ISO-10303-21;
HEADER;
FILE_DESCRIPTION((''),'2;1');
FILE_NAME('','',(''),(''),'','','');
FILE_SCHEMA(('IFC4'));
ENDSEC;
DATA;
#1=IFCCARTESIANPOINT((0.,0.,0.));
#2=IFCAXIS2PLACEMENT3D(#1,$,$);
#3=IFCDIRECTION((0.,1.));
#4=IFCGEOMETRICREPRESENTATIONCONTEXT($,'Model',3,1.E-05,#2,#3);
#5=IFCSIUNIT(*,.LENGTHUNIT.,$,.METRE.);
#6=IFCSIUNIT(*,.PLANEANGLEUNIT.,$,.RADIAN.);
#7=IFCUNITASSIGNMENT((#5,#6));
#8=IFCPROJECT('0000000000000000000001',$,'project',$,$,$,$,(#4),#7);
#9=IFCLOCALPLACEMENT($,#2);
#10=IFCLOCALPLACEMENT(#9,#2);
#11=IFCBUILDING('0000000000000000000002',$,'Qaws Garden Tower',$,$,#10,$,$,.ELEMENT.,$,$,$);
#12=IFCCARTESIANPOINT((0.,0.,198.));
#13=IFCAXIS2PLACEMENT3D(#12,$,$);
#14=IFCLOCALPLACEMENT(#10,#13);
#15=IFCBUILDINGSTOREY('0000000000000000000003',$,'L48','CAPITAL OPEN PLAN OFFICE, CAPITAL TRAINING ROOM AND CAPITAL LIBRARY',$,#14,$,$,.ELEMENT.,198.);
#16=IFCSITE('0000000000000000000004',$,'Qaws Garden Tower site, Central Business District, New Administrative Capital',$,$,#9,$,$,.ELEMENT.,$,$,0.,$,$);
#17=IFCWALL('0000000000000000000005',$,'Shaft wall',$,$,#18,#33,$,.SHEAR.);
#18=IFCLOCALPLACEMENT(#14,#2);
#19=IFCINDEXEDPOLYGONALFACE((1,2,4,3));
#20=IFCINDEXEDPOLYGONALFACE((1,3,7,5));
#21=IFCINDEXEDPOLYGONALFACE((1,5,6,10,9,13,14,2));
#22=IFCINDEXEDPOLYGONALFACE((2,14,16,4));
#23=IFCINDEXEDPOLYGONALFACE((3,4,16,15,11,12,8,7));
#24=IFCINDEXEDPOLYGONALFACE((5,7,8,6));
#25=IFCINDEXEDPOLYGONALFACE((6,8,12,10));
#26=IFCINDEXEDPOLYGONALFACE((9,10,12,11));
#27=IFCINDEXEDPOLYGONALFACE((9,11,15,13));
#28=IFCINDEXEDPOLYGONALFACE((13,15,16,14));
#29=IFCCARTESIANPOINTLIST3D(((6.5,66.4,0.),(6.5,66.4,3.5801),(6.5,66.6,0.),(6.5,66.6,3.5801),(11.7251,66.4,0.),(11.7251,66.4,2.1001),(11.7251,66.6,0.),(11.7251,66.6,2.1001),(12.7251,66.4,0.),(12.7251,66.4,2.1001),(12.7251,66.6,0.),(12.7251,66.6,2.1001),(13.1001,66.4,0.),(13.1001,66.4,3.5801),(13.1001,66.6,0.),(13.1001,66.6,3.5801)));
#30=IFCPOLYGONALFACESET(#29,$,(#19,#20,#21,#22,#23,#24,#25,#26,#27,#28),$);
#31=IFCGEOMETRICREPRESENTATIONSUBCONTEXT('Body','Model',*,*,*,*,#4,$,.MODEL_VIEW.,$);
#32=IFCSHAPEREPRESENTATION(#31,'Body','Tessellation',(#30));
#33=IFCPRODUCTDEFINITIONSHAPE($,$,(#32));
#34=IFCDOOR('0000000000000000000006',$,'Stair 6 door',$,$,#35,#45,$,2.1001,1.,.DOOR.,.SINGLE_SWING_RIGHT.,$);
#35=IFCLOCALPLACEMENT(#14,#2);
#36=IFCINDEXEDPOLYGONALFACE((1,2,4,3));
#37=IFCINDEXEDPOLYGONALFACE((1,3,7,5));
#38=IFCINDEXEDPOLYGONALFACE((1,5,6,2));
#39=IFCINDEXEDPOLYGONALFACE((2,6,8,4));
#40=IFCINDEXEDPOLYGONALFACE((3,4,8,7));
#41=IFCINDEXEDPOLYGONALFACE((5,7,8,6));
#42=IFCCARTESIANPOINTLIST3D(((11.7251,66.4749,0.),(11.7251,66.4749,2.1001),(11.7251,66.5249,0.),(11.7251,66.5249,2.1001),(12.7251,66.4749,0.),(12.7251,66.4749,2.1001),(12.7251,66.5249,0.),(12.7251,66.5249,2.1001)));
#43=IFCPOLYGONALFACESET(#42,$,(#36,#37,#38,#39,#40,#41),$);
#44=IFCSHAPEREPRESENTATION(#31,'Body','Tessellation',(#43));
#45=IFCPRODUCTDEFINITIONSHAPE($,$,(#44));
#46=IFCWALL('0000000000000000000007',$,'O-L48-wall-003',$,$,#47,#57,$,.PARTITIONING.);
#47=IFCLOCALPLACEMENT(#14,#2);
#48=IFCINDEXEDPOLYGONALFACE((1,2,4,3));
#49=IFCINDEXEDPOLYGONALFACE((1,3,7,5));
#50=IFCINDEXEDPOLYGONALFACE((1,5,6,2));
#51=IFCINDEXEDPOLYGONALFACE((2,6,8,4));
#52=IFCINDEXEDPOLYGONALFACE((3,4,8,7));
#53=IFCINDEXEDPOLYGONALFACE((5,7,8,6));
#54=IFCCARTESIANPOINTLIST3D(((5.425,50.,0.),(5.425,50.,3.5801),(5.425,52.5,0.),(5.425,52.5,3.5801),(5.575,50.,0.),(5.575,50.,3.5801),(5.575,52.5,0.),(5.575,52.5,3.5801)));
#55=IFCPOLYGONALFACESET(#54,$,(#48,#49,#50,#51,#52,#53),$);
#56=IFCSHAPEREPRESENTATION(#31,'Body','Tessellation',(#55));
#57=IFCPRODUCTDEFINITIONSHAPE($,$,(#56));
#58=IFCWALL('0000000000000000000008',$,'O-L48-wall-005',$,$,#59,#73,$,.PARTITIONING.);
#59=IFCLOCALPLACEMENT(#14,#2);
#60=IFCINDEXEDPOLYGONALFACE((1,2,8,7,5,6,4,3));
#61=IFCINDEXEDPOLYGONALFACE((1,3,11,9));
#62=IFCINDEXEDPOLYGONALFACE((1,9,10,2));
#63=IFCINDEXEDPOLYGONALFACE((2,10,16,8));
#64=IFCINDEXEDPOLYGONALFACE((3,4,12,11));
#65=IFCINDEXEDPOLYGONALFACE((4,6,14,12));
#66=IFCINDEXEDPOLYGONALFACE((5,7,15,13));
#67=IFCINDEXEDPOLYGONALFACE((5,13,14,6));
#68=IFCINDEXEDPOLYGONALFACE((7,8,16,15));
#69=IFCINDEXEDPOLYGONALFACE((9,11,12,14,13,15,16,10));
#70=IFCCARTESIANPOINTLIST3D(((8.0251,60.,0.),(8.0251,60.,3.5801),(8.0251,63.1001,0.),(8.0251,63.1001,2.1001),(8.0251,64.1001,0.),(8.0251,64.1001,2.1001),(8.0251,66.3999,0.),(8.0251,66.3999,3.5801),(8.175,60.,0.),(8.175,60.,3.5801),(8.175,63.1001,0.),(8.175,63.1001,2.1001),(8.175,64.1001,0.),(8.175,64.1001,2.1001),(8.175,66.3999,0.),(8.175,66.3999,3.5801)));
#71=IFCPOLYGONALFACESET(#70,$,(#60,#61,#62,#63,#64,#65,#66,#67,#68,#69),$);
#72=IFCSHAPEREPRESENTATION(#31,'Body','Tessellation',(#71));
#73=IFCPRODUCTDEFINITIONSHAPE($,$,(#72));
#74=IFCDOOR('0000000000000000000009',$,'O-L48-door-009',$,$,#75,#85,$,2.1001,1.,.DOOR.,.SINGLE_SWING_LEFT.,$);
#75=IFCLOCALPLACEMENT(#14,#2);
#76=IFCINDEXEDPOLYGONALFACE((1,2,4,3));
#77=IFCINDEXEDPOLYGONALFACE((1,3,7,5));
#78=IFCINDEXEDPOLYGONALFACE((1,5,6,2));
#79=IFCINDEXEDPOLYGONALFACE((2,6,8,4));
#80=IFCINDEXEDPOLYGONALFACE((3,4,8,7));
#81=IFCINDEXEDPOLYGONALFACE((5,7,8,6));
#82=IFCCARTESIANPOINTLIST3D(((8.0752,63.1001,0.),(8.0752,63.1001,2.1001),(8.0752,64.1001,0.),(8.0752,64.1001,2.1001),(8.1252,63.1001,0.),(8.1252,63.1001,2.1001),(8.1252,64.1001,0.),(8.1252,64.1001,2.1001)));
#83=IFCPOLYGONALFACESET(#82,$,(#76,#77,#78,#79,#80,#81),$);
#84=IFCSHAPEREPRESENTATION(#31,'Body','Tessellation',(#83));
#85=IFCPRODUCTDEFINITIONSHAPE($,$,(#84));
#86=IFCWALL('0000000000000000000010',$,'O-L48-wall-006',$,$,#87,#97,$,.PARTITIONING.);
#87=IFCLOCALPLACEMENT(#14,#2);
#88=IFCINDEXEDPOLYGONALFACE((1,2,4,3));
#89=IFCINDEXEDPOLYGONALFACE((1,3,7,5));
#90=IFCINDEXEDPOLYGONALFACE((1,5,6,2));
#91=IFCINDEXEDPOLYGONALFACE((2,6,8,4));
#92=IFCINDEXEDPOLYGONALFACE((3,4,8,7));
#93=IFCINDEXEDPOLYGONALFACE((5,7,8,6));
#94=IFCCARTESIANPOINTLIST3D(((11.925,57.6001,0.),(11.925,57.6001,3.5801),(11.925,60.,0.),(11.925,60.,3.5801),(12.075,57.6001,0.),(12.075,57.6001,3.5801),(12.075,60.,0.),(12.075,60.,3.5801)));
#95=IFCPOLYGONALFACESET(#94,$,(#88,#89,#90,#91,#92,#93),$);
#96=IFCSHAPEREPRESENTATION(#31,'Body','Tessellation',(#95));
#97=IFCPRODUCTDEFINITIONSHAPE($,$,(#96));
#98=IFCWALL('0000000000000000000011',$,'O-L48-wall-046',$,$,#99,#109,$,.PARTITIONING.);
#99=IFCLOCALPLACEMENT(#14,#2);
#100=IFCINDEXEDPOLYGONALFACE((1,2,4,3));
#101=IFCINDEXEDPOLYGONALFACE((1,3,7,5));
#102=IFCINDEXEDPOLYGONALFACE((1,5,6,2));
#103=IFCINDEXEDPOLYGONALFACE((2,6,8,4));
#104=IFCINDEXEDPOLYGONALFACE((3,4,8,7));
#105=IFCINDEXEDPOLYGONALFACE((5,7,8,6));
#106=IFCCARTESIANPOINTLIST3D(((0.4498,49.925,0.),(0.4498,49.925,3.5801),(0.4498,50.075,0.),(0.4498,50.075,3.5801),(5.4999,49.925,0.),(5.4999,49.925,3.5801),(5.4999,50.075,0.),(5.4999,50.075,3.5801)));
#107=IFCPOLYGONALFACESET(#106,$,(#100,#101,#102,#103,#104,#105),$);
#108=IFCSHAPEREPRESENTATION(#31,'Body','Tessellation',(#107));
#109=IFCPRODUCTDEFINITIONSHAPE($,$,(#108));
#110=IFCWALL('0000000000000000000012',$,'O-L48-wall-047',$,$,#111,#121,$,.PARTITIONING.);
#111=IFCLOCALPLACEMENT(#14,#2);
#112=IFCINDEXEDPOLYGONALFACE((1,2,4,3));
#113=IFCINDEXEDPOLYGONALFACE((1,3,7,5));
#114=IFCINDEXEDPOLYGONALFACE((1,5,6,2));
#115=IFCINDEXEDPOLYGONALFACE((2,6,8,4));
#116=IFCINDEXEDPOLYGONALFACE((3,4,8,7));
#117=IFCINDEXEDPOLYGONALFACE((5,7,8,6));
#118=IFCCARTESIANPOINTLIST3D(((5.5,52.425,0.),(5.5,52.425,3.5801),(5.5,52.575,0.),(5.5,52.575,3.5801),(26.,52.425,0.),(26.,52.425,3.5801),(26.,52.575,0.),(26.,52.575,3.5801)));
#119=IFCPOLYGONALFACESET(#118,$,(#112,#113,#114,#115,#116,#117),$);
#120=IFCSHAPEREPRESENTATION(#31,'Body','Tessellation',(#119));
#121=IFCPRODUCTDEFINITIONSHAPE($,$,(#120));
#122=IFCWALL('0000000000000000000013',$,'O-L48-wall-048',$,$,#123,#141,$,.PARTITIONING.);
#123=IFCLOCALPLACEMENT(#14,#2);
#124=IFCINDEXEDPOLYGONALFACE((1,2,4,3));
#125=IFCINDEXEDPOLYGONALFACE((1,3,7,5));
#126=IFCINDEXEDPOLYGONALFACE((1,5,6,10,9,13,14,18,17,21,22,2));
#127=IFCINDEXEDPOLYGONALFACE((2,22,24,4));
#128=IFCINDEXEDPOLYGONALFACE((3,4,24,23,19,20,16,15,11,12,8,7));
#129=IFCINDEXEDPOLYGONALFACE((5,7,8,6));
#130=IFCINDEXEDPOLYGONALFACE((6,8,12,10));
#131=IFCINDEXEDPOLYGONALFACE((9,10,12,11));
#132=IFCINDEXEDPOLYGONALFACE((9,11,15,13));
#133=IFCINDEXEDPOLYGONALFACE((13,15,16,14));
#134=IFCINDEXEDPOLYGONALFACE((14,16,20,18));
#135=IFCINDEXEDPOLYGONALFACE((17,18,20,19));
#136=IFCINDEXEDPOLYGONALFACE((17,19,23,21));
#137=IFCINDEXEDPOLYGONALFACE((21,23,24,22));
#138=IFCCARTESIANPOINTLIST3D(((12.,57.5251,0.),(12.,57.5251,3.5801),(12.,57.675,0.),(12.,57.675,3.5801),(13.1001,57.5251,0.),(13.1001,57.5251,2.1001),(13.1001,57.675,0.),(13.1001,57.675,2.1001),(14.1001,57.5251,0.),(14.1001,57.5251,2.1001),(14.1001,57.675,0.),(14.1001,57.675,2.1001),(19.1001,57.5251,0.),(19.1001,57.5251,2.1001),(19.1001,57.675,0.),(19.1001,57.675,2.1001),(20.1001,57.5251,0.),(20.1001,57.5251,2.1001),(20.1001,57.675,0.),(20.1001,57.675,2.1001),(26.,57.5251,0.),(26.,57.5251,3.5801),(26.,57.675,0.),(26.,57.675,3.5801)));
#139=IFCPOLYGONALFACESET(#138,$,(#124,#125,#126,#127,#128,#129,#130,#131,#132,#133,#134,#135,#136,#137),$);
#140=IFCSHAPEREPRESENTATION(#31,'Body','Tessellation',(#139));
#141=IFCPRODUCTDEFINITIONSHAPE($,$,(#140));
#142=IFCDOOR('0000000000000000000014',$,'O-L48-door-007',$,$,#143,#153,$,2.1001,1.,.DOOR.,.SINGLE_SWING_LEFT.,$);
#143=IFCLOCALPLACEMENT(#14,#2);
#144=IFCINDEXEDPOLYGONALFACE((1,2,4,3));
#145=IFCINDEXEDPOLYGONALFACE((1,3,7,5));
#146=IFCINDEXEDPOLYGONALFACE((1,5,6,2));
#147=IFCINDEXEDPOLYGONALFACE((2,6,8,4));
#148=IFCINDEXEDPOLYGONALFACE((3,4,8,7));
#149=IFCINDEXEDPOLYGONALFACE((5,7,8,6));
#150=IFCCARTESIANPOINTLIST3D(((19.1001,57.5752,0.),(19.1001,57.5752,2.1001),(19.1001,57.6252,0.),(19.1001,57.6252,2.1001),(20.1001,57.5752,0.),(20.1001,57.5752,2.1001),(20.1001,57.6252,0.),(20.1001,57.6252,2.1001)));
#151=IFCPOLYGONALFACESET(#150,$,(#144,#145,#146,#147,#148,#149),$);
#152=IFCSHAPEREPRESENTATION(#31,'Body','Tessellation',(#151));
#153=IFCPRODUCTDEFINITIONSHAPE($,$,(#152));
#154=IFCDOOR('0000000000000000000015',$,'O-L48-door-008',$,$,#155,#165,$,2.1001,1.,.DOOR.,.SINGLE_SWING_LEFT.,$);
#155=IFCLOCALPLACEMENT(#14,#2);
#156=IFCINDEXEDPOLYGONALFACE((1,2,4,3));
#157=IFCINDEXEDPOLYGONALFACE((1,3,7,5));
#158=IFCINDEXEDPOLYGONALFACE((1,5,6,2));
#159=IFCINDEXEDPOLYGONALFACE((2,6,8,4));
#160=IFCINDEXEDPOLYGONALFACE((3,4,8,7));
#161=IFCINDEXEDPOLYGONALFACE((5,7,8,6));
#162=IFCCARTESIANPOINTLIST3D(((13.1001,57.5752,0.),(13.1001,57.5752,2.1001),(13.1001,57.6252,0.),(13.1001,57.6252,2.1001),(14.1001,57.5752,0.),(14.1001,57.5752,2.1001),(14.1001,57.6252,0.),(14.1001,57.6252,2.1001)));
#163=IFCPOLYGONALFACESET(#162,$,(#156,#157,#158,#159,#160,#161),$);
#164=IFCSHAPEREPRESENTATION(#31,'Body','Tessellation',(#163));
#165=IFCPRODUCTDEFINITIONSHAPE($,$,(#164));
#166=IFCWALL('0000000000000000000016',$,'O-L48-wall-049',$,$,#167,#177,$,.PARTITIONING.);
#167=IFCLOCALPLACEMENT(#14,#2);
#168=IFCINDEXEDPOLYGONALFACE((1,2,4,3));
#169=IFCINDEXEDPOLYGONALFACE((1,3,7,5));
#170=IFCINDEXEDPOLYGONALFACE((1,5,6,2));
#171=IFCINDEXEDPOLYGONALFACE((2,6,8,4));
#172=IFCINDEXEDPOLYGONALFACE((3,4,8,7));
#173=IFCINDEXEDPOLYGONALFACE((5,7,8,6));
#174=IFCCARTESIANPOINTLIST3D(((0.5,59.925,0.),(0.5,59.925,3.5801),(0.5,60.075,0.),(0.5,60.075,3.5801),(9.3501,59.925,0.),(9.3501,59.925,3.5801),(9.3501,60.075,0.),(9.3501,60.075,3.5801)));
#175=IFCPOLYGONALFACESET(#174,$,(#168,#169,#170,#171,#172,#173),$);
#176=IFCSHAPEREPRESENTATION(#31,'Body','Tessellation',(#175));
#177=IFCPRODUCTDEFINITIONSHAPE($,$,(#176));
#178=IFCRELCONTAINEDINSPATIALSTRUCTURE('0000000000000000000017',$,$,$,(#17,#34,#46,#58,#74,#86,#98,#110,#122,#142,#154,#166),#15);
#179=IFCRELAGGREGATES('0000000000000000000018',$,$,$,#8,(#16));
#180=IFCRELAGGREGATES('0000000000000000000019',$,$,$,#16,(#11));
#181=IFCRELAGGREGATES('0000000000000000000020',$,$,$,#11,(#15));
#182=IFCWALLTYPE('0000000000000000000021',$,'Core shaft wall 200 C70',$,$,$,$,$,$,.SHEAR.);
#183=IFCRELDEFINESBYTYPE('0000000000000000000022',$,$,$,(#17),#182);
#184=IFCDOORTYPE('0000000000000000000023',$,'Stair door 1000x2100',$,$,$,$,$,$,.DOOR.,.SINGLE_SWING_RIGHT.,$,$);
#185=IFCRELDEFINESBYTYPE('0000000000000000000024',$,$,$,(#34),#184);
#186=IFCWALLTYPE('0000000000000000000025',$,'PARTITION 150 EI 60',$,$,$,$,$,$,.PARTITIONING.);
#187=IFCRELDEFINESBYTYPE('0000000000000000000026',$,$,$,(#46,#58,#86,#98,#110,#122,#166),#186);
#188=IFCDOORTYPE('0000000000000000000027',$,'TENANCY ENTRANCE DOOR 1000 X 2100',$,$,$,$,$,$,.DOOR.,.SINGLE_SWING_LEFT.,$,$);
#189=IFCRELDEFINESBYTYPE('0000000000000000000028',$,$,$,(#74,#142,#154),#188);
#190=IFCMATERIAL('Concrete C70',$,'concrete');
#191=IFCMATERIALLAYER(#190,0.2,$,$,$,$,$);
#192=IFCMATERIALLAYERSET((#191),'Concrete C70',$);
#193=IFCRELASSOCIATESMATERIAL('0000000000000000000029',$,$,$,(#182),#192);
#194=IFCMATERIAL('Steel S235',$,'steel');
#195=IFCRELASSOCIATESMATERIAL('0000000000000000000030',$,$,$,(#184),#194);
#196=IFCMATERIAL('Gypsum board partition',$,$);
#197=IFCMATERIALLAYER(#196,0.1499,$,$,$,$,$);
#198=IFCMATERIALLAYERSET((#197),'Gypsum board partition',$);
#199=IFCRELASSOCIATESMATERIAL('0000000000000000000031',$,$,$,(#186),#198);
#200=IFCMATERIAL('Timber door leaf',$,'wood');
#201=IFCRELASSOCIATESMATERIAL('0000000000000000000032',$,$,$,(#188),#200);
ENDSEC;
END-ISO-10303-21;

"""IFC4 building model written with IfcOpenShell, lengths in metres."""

from ifc_helpers import new_model, si_unit, direction, frame, frame_2d, origin, place, context, subcontext, project, spatial, rectangle, extrude, material, layer, layer_set, type_object, element, fill, save


model = new_model("IFC4")

# Units and contexts
model_context = context("Model", 3, precision=1e-05, world=origin(), true_north=direction((0.0, 1.0)))
body_context = subcontext(model_context, "Body", "Model", "MODEL_VIEW")
ifc_project = project(units=[si_unit("LENGTHUNIT", "METRE"), si_unit("PLANEANGLEUNIT", "RADIAN")], contexts=[model_context])

# Site, building, storey
site_placement = place(None, origin())
site = spatial("IfcSite", under=ifc_project, at=site_placement, Name="Qaws Garden Tower site, Central Business District, New Administrative Capital", CompositionType="ELEMENT", RefElevation=0.0)
building_placement = place(site_placement, origin())
building = spatial("IfcBuilding", under=site, at=building_placement, Name="Qaws Garden Tower", CompositionType="ELEMENT")
storey_placement = place(building_placement, frame((0.0, 0.0, 198.0)))
storey = spatial("IfcBuildingStorey", under=building, at=storey_placement, Name="L48", Description="CAPITAL OPEN PLAN OFFICE, CAPITAL TRAINING ROOM AND CAPITAL LIBRARY", CompositionType="ELEMENT", Elevation=198.0)

# Wall, opening, door
ifc_material_1 = material(Name="Concrete C70", Category="concrete")
ifc_layer_1 = layer(ifc_material_1, 0.2)
ifc_layer_set_1 = layer_set([ifc_layer_1], Name="Concrete C70")
wall_type_1 = type_object("IfcWallType", Name="Core shaft wall 200 C70", PredefinedType="SHEAR", material=ifc_layer_set_1)
wall_1_placement = place(storey_placement, frame((6.5, 66.5, 0.0), z_axis=(0.0, 0.0, 1.0), x_axis=(1.0, 0.0, 0.0)))
wall_1 = element("IfcWall", 1, at=wall_1_placement, inside=storey, type_object=wall_type_1, Name="Shaft wall", PredefinedType="SHEAR", context=body_context, shape_type="SweptSolid", body=[
    extrude(rectangle(XDim=6.6001, YDim=0.2, at=frame_2d((3.3, 0.0))), origin(), (0.0, 0.0, 1.0), 3.5801),
])
opening_1_placement = place(wall_1_placement, frame((5.2251, 0.0, 0.0)))
opening_1 = element("IfcOpeningElement", 2, at=opening_1_placement, cuts=wall_1, PredefinedType="OPENING", context=body_context, shape_type="SweptSolid", body=[
    extrude(rectangle(XDim=1.0, YDim=2.1001, at=frame_2d((0.5, 1.05))), frame((0.0, 0.1099, 0.0), z_axis=(0.0, -1.0, 0.0), x_axis=(1.0, 0.0, 0.0)), (0.0, 0.0, 1.0), 0.22),
])
ifc_material_2 = material(Name="Steel S235", Category="steel")
door_type_1 = type_object("IfcDoorType", Name="Stair door 1000x2100", OperationType="SINGLE_SWING_RIGHT", PredefinedType="DOOR", material=ifc_material_2)
door_1_placement = place(opening_1_placement, origin())
door_1 = element("IfcDoor", 3, at=door_1_placement, inside=storey, type_object=door_type_1, Name="Stair 6 door", OperationType="SINGLE_SWING_RIGHT", OverallHeight=2.1001, OverallWidth=1.0, PredefinedType="DOOR", context=body_context, shape_type="SweptSolid", body=[
    extrude(rectangle(XDim=1.0, YDim=2.1001, at=frame_2d((0.5, 1.05))), frame((0.0, 0.0249, 0.0), z_axis=(0.0, -1.0, 0.0), x_axis=(1.0, 0.0, 0.0)), (0.0, 0.0, 1.0), 0.05),
])
fill(opening_1, door_1)

# Wall
ifc_material_3 = material(Name="Gypsum board partition")
ifc_layer_2 = layer(ifc_material_3, 0.1499)
ifc_layer_set_2 = layer_set([ifc_layer_2], Name="Gypsum board partition")
wall_type_2 = type_object("IfcWallType", Name="PARTITION 150 EI 60", PredefinedType="PARTITIONING", material=ifc_layer_set_2)
wall_2_placement = place(storey_placement, frame((5.5, 50.0, 0.0), z_axis=(0.0, 0.0, 1.0), x_axis=(0.0, 1.0, 0.0)))
element("IfcWall", 4, at=wall_2_placement, inside=storey, type_object=wall_type_2, Name="O-L48-wall-003", PredefinedType="PARTITIONING", context=body_context, shape_type="SweptSolid", body=[
    extrude(rectangle(XDim=2.5, YDim=0.1499, at=frame_2d((1.25, 0.0))), origin(), (0.0, 0.0, 1.0), 3.5801),
])

# Wall, opening, door
wall_3_placement = place(storey_placement, frame((8.1001, 60.0, 0.0), z_axis=(0.0, 0.0, 1.0), x_axis=(0.0, 1.0, 0.0)))
wall_3 = element("IfcWall", 5, at=wall_3_placement, inside=storey, type_object=wall_type_2, Name="O-L48-wall-005", PredefinedType="PARTITIONING", context=body_context, shape_type="SweptSolid", body=[
    extrude(rectangle(XDim=6.3999, YDim=0.1499, at=frame_2d((3.2, 0.0))), origin(), (0.0, 0.0, 1.0), 3.5801),
])
opening_2_placement = place(wall_3_placement, frame((3.1001, 0.0, 0.0)))
opening_2 = element("IfcOpeningElement", 6, at=opening_2_placement, cuts=wall_3, PredefinedType="OPENING", context=body_context, shape_type="SweptSolid", body=[
    extrude(rectangle(XDim=1.0, YDim=2.1001, at=frame_2d((0.5, 1.05))), frame((0.0, 0.085, 0.0), z_axis=(0.0, -1.0, 0.0), x_axis=(1.0, 0.0, 0.0)), (0.0, 0.0, 1.0), 0.1699),
])
ifc_material_4 = material(Name="Timber door leaf", Category="wood")
door_type_2 = type_object("IfcDoorType", Name="TENANCY ENTRANCE DOOR 1000 X 2100", OperationType="SINGLE_SWING_LEFT", PredefinedType="DOOR", material=ifc_material_4)
door_2_placement = place(opening_2_placement, origin())
door_2 = element("IfcDoor", 7, at=door_2_placement, inside=storey, type_object=door_type_2, Name="O-L48-door-009", OperationType="SINGLE_SWING_LEFT", OverallHeight=2.1001, OverallWidth=1.0, PredefinedType="DOOR", context=body_context, shape_type="SweptSolid", body=[
    extrude(rectangle(XDim=1.0, YDim=2.1001, at=frame_2d((0.5, 1.05))), frame((0.0, 0.0249, 0.0), z_axis=(0.0, -1.0, 0.0), x_axis=(1.0, 0.0, 0.0)), (0.0, 0.0, 1.0), 0.05),
])
fill(opening_2, door_2)

# Walls
wall_4_placement = place(storey_placement, frame((12.0, 57.6001, 0.0), z_axis=(0.0, 0.0, 1.0), x_axis=(0.0, 1.0, 0.0)))
element("IfcWall", 8, at=wall_4_placement, inside=storey, type_object=wall_type_2, Name="O-L48-wall-006", PredefinedType="PARTITIONING", context=body_context, shape_type="SweptSolid", body=[
    extrude(rectangle(XDim=2.3999, YDim=0.1499, at=frame_2d((1.2, 0.0))), origin(), (0.0, 0.0, 1.0), 3.5801),
])
wall_5_placement = place(storey_placement, frame((0.45, 50.0, 0.0), z_axis=(0.0, 0.0, 1.0), x_axis=(1.0, 0.0, 0.0)))
element("IfcWall", 9, at=wall_5_placement, inside=storey, type_object=wall_type_2, Name="O-L48-wall-046", PredefinedType="PARTITIONING", context=body_context, shape_type="SweptSolid", body=[
    extrude(rectangle(XDim=5.05, YDim=0.1499, at=frame_2d((2.5249, 0.0))), origin(), (0.0, 0.0, 1.0), 3.5801),
])
wall_6_placement = place(storey_placement, frame((5.5, 52.5, 0.0), z_axis=(0.0, 0.0, 1.0), x_axis=(1.0, 0.0, 0.0)))
element("IfcWall", 10, at=wall_6_placement, inside=storey, type_object=wall_type_2, Name="O-L48-wall-047", PredefinedType="PARTITIONING", context=body_context, shape_type="SweptSolid", body=[
    extrude(rectangle(XDim=20.5, YDim=0.1499, at=frame_2d((10.25, 0.0))), origin(), (0.0, 0.0, 1.0), 3.5801),
])

# Wall, openings, doors
wall_7_placement = place(storey_placement, frame((12.0, 57.6001, 0.0), z_axis=(0.0, 0.0, 1.0), x_axis=(1.0, 0.0, 0.0)))
wall_7 = element("IfcWall", 11, at=wall_7_placement, inside=storey, type_object=wall_type_2, Name="O-L48-wall-048", PredefinedType="PARTITIONING", context=body_context, shape_type="SweptSolid", body=[
    extrude(rectangle(XDim=14.0, YDim=0.1499, at=frame_2d((7.0, 0.0))), origin(), (0.0, 0.0, 1.0), 3.5801),
])
opening_3_placement = place(wall_7_placement, frame((7.1001, 0.0, 0.0)))
opening_3 = element("IfcOpeningElement", 12, at=opening_3_placement, cuts=wall_7, PredefinedType="OPENING", context=body_context, shape_type="SweptSolid", body=[
    extrude(rectangle(XDim=1.0, YDim=2.1001, at=frame_2d((0.5, 1.05))), frame((0.0, 0.085, 0.0), z_axis=(0.0, -1.0, 0.0), x_axis=(1.0, 0.0, 0.0)), (0.0, 0.0, 1.0), 0.1699),
])
opening_4_placement = place(wall_7_placement, frame((1.1001, 0.0, 0.0)))
opening_4 = element("IfcOpeningElement", 13, at=opening_4_placement, cuts=wall_7, PredefinedType="OPENING", context=body_context, shape_type="SweptSolid", body=[
    extrude(rectangle(XDim=1.0, YDim=2.1001, at=frame_2d((0.5, 1.05))), frame((0.0, 0.085, 0.0), z_axis=(0.0, -1.0, 0.0), x_axis=(1.0, 0.0, 0.0)), (0.0, 0.0, 1.0), 0.1699),
])
door_3_placement = place(opening_3_placement, frame((1.0, 0.0, 0.0), z_axis=(0.0, 0.0, 1.0), x_axis=(-1.0, 0.0, 0.0)))
door_3 = element("IfcDoor", 14, at=door_3_placement, inside=storey, type_object=door_type_2, Name="O-L48-door-007", OperationType="SINGLE_SWING_LEFT", OverallHeight=2.1001, OverallWidth=1.0, PredefinedType="DOOR", context=body_context, shape_type="SweptSolid", body=[
    extrude(rectangle(XDim=1.0, YDim=2.1001, at=frame_2d((0.5, 1.05))), frame((0.0, 0.0249, 0.0), z_axis=(0.0, -1.0, 0.0), x_axis=(1.0, 0.0, 0.0)), (0.0, 0.0, 1.0), 0.05),
])
fill(opening_3, door_3)
door_4_placement = place(opening_4_placement, frame((1.0, 0.0, 0.0), z_axis=(0.0, 0.0, 1.0), x_axis=(-1.0, 0.0, 0.0)))
door_4 = element("IfcDoor", 15, at=door_4_placement, inside=storey, type_object=door_type_2, Name="O-L48-door-008", OperationType="SINGLE_SWING_LEFT", OverallHeight=2.1001, OverallWidth=1.0, PredefinedType="DOOR", context=body_context, shape_type="SweptSolid", body=[
    extrude(rectangle(XDim=1.0, YDim=2.1001, at=frame_2d((0.5, 1.05))), frame((0.0, 0.0249, 0.0), z_axis=(0.0, -1.0, 0.0), x_axis=(1.0, 0.0, 0.0)), (0.0, 0.0, 1.0), 0.05),
])
fill(opening_4, door_4)

# Wall
wall_8_placement = place(storey_placement, frame((0.5, 60.0, 0.0), z_axis=(0.0, 0.0, 1.0), x_axis=(1.0, 0.0, 0.0)))
element("IfcWall", 16, at=wall_8_placement, inside=storey, type_object=wall_type_2, Name="O-L48-wall-049", PredefinedType="PARTITIONING", context=body_context, shape_type="SweptSolid", body=[
    extrude(rectangle(XDim=8.8501, YDim=0.1499, at=frame_2d((4.425, 0.0))), origin(), (0.0, 0.0, 1.0), 3.5801),
])

save(model, "model.ifc")
